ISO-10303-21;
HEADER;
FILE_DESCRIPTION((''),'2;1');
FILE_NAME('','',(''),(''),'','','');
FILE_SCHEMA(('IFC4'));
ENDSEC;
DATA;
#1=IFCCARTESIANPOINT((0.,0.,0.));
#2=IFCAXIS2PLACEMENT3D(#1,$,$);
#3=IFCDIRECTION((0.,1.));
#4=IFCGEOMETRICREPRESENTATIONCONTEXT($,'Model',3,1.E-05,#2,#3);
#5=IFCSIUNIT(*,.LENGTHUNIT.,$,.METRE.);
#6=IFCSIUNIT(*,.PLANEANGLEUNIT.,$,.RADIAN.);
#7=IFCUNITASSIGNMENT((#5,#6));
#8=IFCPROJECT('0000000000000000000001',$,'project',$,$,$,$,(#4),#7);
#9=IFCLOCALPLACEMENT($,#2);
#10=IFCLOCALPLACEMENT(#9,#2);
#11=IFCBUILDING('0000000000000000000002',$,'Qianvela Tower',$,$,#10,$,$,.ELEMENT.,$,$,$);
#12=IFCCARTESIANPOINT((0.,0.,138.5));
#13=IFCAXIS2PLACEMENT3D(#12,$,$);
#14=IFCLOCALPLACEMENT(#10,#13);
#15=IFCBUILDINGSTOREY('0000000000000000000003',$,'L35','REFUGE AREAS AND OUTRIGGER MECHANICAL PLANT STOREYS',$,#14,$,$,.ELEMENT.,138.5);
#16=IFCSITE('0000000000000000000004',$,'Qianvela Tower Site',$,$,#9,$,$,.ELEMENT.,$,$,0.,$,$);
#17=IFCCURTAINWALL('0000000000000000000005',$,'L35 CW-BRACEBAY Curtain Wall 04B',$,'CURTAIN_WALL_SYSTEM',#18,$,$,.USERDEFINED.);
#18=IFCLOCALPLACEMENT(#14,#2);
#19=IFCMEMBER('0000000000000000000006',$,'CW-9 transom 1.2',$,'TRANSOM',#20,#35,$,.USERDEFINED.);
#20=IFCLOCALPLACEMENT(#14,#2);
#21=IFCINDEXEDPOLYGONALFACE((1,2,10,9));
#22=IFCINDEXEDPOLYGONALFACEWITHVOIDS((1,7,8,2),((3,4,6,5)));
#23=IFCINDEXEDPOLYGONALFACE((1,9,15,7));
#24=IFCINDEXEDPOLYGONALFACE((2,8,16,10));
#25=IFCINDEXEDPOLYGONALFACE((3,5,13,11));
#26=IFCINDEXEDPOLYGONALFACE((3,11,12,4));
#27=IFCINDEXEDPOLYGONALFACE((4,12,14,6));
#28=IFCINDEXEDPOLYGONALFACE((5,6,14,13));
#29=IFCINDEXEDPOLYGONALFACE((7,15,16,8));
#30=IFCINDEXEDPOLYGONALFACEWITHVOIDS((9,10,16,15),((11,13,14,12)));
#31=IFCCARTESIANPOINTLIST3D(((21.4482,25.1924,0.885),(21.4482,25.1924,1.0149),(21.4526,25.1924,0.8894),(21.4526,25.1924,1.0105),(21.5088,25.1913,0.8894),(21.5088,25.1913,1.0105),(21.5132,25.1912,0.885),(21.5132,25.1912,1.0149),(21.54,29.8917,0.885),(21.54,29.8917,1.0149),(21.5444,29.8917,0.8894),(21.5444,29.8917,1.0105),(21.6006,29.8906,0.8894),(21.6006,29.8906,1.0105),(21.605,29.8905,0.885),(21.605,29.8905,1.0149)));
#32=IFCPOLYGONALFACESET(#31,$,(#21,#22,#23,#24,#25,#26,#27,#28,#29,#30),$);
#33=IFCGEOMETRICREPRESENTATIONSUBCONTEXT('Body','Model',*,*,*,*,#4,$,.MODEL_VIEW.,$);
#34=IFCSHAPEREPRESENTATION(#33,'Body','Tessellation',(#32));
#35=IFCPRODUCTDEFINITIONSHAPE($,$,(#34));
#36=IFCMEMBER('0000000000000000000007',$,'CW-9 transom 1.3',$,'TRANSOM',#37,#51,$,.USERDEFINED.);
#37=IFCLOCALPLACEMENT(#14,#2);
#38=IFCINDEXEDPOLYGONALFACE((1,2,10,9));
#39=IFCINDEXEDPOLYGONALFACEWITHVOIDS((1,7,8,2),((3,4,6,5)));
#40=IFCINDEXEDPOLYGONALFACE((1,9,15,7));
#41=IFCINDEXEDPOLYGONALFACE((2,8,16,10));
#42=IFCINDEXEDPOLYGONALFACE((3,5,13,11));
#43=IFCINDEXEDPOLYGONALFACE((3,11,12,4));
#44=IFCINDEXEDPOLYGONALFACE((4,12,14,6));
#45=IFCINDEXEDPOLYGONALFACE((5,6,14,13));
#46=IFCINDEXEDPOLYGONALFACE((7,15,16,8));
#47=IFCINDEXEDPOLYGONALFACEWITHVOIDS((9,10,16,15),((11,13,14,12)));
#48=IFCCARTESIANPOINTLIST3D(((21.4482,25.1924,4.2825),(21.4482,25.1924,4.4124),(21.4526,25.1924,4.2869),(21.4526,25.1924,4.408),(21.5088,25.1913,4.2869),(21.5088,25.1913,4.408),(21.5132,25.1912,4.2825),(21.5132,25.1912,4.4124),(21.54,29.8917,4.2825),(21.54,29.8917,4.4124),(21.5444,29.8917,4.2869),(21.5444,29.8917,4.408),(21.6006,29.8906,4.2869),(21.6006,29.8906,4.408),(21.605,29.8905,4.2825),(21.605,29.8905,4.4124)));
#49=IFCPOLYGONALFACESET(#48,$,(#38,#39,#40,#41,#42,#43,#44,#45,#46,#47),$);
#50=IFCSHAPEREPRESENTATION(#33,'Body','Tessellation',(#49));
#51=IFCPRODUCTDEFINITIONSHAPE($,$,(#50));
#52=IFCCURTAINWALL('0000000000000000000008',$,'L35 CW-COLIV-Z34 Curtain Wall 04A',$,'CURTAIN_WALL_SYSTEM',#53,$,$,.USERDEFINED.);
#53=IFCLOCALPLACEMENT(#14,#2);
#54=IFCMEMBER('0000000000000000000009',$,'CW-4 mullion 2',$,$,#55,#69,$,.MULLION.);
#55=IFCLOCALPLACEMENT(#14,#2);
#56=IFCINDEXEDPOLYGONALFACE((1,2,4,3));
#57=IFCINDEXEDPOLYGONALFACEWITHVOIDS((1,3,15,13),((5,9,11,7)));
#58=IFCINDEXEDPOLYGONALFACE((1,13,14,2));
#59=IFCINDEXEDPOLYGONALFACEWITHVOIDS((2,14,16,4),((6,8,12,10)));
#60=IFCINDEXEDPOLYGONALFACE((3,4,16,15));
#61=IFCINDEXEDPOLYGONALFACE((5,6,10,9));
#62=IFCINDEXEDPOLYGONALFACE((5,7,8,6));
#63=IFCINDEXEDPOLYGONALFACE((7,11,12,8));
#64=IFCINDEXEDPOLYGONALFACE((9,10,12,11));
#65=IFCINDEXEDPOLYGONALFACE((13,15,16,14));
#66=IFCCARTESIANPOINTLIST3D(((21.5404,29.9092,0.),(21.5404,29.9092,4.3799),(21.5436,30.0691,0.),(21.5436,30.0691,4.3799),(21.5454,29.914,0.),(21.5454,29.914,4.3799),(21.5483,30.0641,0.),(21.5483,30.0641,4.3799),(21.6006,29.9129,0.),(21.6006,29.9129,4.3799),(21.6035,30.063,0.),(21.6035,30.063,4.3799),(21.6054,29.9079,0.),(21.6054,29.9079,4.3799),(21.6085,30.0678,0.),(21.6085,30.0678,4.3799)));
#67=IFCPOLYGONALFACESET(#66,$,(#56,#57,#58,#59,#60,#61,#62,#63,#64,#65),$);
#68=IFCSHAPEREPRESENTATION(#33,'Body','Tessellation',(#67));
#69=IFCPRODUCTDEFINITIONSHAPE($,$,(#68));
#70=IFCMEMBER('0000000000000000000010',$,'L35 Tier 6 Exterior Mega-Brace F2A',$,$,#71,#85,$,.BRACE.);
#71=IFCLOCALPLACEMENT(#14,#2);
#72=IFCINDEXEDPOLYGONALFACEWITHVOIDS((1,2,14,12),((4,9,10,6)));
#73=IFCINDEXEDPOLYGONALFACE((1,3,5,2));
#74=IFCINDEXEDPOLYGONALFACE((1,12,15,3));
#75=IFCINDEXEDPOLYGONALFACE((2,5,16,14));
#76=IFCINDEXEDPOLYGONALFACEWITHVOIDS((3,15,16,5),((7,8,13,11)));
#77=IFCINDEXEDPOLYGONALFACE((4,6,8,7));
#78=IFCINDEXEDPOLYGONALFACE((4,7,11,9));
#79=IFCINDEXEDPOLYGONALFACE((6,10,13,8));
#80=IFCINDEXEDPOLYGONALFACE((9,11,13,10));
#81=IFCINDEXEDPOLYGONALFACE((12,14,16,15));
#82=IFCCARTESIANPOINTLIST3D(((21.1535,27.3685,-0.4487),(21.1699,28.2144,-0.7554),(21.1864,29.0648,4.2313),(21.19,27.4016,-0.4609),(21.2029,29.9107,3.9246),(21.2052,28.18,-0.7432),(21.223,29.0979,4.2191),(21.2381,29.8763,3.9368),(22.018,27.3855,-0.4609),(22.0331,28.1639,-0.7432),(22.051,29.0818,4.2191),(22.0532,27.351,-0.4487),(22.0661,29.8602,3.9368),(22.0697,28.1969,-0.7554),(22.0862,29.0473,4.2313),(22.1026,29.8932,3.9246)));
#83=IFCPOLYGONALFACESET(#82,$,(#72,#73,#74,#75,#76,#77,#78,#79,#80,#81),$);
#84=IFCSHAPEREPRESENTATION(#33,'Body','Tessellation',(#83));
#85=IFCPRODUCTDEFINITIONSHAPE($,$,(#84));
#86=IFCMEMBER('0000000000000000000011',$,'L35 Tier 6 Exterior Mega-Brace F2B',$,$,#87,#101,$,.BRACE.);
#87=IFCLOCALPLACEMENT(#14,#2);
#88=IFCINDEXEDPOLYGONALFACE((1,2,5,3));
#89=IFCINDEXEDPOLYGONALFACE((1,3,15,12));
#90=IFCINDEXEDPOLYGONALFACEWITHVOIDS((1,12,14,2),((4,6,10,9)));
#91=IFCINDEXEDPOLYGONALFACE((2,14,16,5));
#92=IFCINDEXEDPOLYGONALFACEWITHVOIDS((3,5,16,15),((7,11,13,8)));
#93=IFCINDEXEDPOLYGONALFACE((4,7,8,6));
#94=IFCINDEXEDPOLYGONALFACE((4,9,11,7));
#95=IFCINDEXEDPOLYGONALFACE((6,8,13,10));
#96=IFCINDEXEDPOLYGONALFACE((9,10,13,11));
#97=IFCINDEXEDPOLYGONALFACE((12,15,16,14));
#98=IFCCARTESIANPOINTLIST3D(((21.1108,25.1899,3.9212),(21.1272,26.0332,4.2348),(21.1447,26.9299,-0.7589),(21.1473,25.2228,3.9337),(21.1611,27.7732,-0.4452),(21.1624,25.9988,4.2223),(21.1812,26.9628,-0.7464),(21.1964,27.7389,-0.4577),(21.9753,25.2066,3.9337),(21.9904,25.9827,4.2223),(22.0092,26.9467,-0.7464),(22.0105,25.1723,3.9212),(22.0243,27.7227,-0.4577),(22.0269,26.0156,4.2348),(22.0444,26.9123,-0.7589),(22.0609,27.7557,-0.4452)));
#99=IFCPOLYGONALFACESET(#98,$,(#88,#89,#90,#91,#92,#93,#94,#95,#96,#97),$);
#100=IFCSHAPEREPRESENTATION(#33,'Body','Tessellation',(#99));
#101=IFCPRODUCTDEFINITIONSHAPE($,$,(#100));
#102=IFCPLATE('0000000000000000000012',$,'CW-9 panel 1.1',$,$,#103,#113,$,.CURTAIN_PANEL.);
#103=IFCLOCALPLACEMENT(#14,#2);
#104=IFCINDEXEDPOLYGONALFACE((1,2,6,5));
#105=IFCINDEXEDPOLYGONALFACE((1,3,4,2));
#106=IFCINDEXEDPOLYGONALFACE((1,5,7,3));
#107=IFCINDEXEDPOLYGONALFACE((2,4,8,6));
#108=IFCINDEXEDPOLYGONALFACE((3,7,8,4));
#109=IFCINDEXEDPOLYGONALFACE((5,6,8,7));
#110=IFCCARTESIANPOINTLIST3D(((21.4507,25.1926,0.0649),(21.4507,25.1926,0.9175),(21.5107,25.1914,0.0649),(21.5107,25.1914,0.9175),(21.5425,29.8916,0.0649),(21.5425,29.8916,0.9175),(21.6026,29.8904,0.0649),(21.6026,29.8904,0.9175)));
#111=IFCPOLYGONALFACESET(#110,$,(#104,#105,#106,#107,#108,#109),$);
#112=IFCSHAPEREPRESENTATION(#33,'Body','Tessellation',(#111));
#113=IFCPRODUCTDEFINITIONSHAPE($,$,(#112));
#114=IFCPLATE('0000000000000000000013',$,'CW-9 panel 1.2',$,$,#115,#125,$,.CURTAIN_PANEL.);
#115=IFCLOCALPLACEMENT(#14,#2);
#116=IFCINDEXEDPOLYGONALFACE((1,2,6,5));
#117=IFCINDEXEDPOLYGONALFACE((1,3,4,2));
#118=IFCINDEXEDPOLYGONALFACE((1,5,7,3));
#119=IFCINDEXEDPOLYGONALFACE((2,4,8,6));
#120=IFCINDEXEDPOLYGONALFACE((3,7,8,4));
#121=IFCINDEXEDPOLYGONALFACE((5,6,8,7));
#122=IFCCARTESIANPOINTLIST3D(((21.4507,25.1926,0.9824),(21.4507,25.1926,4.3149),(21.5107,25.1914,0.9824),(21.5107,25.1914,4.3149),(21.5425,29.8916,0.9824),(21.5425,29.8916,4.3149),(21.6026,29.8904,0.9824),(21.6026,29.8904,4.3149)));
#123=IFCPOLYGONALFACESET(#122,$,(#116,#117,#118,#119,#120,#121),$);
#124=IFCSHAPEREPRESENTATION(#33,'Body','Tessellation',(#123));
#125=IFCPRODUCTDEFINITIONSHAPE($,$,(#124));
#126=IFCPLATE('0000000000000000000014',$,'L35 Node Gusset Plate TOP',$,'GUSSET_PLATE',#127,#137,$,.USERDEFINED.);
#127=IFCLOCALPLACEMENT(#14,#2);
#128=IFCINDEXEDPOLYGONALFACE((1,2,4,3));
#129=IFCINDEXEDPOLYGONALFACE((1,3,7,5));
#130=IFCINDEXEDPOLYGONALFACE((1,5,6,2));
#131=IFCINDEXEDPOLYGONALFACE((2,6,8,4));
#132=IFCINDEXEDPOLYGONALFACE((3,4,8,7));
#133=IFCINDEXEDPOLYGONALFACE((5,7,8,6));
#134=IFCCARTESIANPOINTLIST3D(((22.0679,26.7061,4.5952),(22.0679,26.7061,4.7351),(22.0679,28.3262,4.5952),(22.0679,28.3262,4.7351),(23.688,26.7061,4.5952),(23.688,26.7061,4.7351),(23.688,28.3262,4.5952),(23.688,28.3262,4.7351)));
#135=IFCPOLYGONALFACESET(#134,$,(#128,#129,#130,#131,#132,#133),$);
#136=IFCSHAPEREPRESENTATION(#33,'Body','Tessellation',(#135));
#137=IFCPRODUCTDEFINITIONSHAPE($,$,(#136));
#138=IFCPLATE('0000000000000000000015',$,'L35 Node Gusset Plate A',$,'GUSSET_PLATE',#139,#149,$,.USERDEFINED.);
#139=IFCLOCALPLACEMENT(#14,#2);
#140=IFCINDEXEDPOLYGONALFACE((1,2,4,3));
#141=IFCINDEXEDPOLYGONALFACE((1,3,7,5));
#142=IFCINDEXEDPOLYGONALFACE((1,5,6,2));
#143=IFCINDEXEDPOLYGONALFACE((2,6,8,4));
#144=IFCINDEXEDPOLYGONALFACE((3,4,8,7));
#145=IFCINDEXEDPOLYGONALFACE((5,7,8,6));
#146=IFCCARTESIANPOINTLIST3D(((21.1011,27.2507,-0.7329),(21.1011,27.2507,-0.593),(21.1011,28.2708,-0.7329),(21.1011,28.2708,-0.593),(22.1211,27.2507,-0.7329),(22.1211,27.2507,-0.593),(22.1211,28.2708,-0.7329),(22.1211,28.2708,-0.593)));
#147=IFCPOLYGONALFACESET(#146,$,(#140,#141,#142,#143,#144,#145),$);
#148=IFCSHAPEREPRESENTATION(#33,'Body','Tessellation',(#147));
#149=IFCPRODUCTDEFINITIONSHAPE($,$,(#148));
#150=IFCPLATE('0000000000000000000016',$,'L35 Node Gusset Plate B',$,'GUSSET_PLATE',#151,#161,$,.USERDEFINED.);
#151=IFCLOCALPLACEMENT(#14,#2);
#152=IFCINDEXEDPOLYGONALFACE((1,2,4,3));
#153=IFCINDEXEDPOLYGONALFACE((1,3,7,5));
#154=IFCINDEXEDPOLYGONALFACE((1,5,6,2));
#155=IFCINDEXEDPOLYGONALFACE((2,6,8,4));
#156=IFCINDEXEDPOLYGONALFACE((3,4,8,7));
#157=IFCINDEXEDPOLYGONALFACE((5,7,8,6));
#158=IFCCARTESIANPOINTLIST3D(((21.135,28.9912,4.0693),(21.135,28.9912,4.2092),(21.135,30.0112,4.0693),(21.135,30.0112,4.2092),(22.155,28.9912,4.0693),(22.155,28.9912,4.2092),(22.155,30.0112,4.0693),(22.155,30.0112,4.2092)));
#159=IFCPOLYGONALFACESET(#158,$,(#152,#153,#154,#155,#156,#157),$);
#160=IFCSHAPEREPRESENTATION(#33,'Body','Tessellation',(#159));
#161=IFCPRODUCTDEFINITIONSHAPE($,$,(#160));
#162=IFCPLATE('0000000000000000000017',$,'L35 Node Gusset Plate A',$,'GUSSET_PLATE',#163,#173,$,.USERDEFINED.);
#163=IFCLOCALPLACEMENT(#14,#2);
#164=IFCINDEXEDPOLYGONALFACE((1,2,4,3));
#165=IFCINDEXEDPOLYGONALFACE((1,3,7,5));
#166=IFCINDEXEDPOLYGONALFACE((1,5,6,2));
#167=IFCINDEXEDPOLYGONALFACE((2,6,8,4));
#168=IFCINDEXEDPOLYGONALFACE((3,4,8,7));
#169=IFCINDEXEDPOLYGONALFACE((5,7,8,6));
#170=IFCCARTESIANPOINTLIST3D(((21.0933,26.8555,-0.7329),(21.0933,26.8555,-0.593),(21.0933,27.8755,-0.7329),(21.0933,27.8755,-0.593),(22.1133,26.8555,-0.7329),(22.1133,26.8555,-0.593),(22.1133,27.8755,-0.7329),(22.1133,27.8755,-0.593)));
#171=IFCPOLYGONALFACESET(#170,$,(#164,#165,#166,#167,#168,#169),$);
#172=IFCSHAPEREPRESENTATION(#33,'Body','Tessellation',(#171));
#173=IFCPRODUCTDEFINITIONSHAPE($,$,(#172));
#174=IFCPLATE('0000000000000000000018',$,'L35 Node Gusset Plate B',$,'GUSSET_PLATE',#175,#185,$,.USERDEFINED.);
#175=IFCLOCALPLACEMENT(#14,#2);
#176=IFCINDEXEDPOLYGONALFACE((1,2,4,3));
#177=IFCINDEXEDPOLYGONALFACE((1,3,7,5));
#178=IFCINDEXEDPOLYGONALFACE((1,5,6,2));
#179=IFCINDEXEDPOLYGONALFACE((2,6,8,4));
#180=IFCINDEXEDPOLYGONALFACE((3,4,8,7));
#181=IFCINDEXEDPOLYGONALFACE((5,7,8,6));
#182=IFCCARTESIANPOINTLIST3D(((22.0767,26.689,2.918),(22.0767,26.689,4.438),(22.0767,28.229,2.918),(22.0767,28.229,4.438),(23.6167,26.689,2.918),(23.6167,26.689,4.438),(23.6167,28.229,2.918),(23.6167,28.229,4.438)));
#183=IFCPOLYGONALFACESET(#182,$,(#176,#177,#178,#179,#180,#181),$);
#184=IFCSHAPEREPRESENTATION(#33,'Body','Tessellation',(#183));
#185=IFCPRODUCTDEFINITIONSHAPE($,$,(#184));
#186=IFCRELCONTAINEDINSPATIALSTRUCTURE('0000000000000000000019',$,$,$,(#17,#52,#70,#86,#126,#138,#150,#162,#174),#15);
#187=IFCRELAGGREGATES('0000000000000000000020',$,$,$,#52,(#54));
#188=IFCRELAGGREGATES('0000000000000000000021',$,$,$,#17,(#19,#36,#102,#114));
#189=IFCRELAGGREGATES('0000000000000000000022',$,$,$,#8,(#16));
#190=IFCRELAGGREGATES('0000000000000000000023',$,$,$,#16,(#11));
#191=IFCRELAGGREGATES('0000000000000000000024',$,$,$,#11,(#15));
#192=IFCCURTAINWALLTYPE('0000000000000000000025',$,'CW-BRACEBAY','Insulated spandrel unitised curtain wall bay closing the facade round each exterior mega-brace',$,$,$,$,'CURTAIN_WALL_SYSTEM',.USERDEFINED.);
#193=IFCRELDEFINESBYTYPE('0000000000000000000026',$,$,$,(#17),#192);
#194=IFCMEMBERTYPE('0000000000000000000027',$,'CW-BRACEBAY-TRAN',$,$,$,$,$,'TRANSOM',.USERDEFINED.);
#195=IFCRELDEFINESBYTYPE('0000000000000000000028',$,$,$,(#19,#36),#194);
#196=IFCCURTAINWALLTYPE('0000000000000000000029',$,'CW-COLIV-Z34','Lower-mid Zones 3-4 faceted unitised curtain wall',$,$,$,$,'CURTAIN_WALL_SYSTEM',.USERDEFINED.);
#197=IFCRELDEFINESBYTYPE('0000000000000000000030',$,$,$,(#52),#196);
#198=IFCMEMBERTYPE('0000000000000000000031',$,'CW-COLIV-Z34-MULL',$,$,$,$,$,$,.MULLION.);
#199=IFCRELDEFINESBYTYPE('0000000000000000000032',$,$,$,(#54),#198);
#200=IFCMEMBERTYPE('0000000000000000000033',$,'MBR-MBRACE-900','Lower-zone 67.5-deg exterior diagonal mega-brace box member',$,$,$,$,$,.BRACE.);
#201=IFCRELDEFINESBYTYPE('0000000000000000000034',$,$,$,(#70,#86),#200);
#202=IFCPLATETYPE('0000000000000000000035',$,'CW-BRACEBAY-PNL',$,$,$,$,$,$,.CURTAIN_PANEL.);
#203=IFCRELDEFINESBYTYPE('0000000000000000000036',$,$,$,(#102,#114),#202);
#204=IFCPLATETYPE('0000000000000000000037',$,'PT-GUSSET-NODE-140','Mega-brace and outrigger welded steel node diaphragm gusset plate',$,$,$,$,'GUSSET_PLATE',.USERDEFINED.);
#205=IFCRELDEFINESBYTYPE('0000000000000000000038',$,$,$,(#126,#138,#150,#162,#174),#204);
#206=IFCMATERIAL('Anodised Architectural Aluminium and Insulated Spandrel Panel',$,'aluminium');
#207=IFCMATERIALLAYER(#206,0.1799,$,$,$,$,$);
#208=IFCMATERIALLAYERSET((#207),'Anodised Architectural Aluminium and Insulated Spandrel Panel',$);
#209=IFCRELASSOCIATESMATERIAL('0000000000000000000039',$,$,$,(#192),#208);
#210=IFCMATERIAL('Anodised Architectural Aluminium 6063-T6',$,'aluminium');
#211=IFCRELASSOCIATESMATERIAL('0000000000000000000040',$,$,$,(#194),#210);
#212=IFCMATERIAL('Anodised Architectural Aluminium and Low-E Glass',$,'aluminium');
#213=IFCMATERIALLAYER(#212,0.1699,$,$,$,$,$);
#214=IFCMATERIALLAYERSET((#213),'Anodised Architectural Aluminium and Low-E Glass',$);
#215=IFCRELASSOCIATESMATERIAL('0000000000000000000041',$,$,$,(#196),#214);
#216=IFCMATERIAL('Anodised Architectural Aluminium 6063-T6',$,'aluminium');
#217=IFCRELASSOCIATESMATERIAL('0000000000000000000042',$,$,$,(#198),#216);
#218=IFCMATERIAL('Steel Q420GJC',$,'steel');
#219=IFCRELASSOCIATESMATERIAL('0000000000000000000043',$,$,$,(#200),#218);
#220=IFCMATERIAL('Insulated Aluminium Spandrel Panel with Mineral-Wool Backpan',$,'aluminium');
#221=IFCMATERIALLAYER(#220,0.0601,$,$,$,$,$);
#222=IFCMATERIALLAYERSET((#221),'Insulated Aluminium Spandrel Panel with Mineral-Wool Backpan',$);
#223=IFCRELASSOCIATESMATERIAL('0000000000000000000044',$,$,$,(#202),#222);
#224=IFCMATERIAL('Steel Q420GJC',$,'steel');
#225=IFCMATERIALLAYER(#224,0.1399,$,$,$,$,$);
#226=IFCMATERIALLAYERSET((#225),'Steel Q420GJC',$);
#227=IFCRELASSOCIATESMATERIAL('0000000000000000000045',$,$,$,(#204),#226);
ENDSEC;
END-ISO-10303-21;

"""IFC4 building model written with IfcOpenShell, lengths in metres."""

from ifc_helpers import new_model, si_unit, direction, frame, origin, origin_2d, place, context, subcontext, project, spatial, rectangle, hollow_rectangle, extrude, material, layer, layer_set, material_profile, profile_set, type_object, element, aggregate, save


model = new_model("IFC4")

# Units and contexts
model_context = context("Model", 3, precision=1e-05, world=origin(), true_north=direction((0.0, 1.0)))
body_context = subcontext(model_context, "Body", "Model", "MODEL_VIEW")
ifc_project = project(units=[si_unit("LENGTHUNIT", "METRE"), si_unit("PLANEANGLEUNIT", "RADIAN")], contexts=[model_context])

# Site, building, storey
site_placement = place(None, origin())
site = spatial("IfcSite", under=ifc_project, at=site_placement, Name="Qianvela Tower Site", CompositionType="ELEMENT", RefElevation=0.0)
building_placement = place(site_placement, origin())
building = spatial("IfcBuilding", under=site, at=building_placement, Name="Qianvela Tower", CompositionType="ELEMENT")
storey_placement = place(building_placement, frame((0.0, 0.0, 138.5)))
storey = spatial("IfcBuildingStorey", under=building, at=storey_placement, Name="L35", Description="REFUGE AREAS AND OUTRIGGER MECHANICAL PLANT STOREYS", CompositionType="ELEMENT", Elevation=138.5)

# Curtain wall, members
ifc_material_1 = material(Name="Anodised Architectural Aluminium and Insulated Spandrel Panel", Category="aluminium")
ifc_layer_1 = layer(ifc_material_1, 0.1799)
ifc_layer_set_1 = layer_set([ifc_layer_1], Name="Anodised Architectural Aluminium and Insulated Spandrel Panel")
curtain_wall_type_1 = type_object("IfcCurtainWallType", Name="CW-BRACEBAY", Description="Insulated spandrel unitised curtain wall bay closing the facade round each exterior mega-brace", ElementType="CURTAIN_WALL_SYSTEM", PredefinedType="USERDEFINED", material=ifc_layer_set_1)
curtain_wall_1_placement = place(storey_placement, origin())
curtain_wall_1 = element("IfcCurtainWall", 1, at=curtain_wall_1_placement, inside=storey, type_object=curtain_wall_type_1, Name="L35 CW-BRACEBAY Curtain Wall 04B", ObjectType="CURTAIN_WALL_SYSTEM", PredefinedType="USERDEFINED")
ifc_material_2 = material(Name="Anodised Architectural Aluminium 6063-T6", Category="aluminium")
ifc_material_profile_1 = material_profile(ifc_material_2, hollow_rectangle(XDim=0.0649, YDim=0.1299, WallThickness=0.0044, at=origin_2d()), Name="ALU-TRAN-65x130")
ifc_profile_set_1 = profile_set([ifc_material_profile_1], Name="Anodised Architectural Aluminium 6063-T6")
member_type_1 = type_object("IfcMemberType", Name="CW-BRACEBAY-TRAN", ElementType="TRANSOM", PredefinedType="USERDEFINED", material=ifc_profile_set_1)
member_1_placement = place(storey_placement, frame((21.5725, 29.8911, 0.95), z_axis=(-0.019531, -0.999809, 0.0), x_axis=(0.999809, -0.019531, 0.0)))
member_1 = element("IfcMember", 2, at=member_1_placement, type_object=member_type_1, Name="CW-9 transom 1.2", ObjectType="TRANSOM", PredefinedType="USERDEFINED", context=body_context, shape_type="SweptSolid", body=[
    extrude(hollow_rectangle(XDim=0.0649, YDim=0.1299, WallThickness=0.0044, at=origin_2d()), origin(), (0.0, 0.0, 1.0), 4.7002),
])
member_2_placement = place(storey_placement, frame((21.5725, 29.8911, 4.3474), z_axis=(-0.019531, -0.999809, 0.0), x_axis=(0.999809, -0.019531, 0.0)))
member_2 = element("IfcMember", 3, at=member_2_placement, type_object=member_type_1, Name="CW-9 transom 1.3", ObjectType="TRANSOM", PredefinedType="USERDEFINED", context=body_context, shape_type="SweptSolid", body=[
    extrude(hollow_rectangle(XDim=0.0649, YDim=0.1299, WallThickness=0.0044, at=origin_2d()), origin(), (0.0, 0.0, 1.0), 4.7002),
])

# Curtain wall, member
ifc_material_3 = material(Name="Anodised Architectural Aluminium and Low-E Glass", Category="aluminium")
ifc_layer_2 = layer(ifc_material_3, 0.1699)
ifc_layer_set_2 = layer_set([ifc_layer_2], Name="Anodised Architectural Aluminium and Low-E Glass")
curtain_wall_type_2 = type_object("IfcCurtainWallType", Name="CW-COLIV-Z34", Description="Lower-mid Zones 3-4 faceted unitised curtain wall", ElementType="CURTAIN_WALL_SYSTEM", PredefinedType="USERDEFINED", material=ifc_layer_set_2)
curtain_wall_2_placement = place(storey_placement, origin())
curtain_wall_2 = element("IfcCurtainWall", 4, at=curtain_wall_2_placement, inside=storey, type_object=curtain_wall_type_2, Name="L35 CW-COLIV-Z34 Curtain Wall 04A", ObjectType="CURTAIN_WALL_SYSTEM", PredefinedType="USERDEFINED")
ifc_material_4 = material(Name="Anodised Architectural Aluminium 6063-T6", Category="aluminium")
ifc_material_profile_2 = material_profile(ifc_material_4, hollow_rectangle(XDim=0.0649, YDim=0.1599, WallThickness=0.0049, at=origin_2d()), Name="ALU-MULL-65x160")
ifc_profile_set_2 = profile_set([ifc_material_profile_2], Name="Anodised Architectural Aluminium 6063-T6")
member_type_2 = type_object("IfcMemberType", Name="CW-COLIV-Z34-MULL", PredefinedType="MULLION", material=ifc_profile_set_2)
member_3_placement = place(storey_placement, frame((21.5745, 29.9885, 0.0), z_axis=(0.0, 0.0, 1.0), x_axis=(0.999809, -0.019547, 0.0)))
member_3 = element("IfcMember", 5, at=member_3_placement, type_object=member_type_2, Name="CW-4 mullion 2", PredefinedType="MULLION", context=body_context, shape_type="SweptSolid", body=[
    extrude(hollow_rectangle(XDim=0.0649, YDim=0.1599, WallThickness=0.0049, at=origin_2d()), origin(), (0.0, 0.0, 1.0), 4.3799),
])
aggregate(curtain_wall_2, [member_3])

# Members
ifc_material_5 = material(Name="Steel Q420GJC", Category="steel")
ifc_material_profile_3 = material_profile(ifc_material_5, hollow_rectangle(XDim=0.8999, YDim=0.8999, WallThickness=0.0359, at=origin_2d()), Name="MBOX-900x900x36")
ifc_profile_set_3 = profile_set([ifc_material_profile_3], Name="Steel Q420GJC")
member_type_3 = type_object("IfcMemberType", Name="MBR-MBRACE-900", Description="Lower-zone 67.5-deg exterior diagonal mega-brace box member", PredefinedType="BRACE", material=ifc_profile_set_3)
member_4_placement = place(storey_placement, frame((21.6116, 27.7827, -0.6021), z_axis=(0.006621, 0.340759, 0.940127), x_axis=(-0.999811, 0.019426, 0.0)))
element("IfcMember", 6, at=member_4_placement, inside=storey, type_object=member_type_3, Name="L35 Tier 6 Exterior Mega-Brace F2A", PredefinedType="BRACE", context=body_context, shape_type="SweptSolid", body=[
    extrude(hollow_rectangle(XDim=0.8999, YDim=0.8999, WallThickness=0.0359, at=origin_2d()), origin(), (0.0, 0.0, 1.0), 4.978),
])
member_5_placement = place(storey_placement, frame((21.6028, 27.3428, -0.6021), z_axis=(-0.006797, -0.348483, 0.93729), x_axis=(0.99981, -0.0195, 0.0)))
element("IfcMember", 7, at=member_5_placement, inside=storey, type_object=member_type_3, Name="L35 Tier 6 Exterior Mega-Brace F2B", PredefinedType="BRACE", context=body_context, shape_type="SweptSolid", body=[
    extrude(hollow_rectangle(XDim=0.8999, YDim=0.8999, WallThickness=0.0359, at=origin_2d()), origin(), (0.0, 0.0, 1.0), 4.9932),
])

# Plates
ifc_material_6 = material(Name="Insulated Aluminium Spandrel Panel with Mineral-Wool Backpan", Category="aluminium")
ifc_layer_3 = layer(ifc_material_6, 0.0601)
ifc_layer_set_3 = layer_set([ifc_layer_3], Name="Insulated Aluminium Spandrel Panel with Mineral-Wool Backpan")
plate_type_1 = type_object("IfcPlateType", Name="CW-BRACEBAY-PNL", PredefinedType="CURTAIN_PANEL", material=ifc_layer_set_3)
plate_1_placement = place(storey_placement, frame((21.5266, 27.5415, 0.0649), z_axis=(0.0, 0.0, 1.0), x_axis=(-0.019544, -0.999809, 0.0)))
plate_1 = element("IfcPlate", 8, at=plate_1_placement, type_object=plate_type_1, Name="CW-9 panel 1.1", PredefinedType="CURTAIN_PANEL", context=body_context, shape_type="SweptSolid", body=[
    extrude(rectangle(XDim=4.7, YDim=0.0601, at=origin_2d()), origin(), (0.0, 0.0, 1.0), 0.8525),
])
plate_2_placement = place(storey_placement, frame((21.5266, 27.5415, 0.9824), z_axis=(0.0, 0.0, 1.0), x_axis=(-0.019544, -0.999809, 0.0)))
plate_2 = element("IfcPlate", 9, at=plate_2_placement, type_object=plate_type_1, Name="CW-9 panel 1.2", PredefinedType="CURTAIN_PANEL", context=body_context, shape_type="SweptSolid", body=[
    extrude(rectangle(XDim=4.7, YDim=0.0601, at=origin_2d()), origin(), (0.0, 0.0, 1.0), 3.3325),
])
aggregate(curtain_wall_1, [member_1, member_2, plate_1, plate_2])

# Plates
ifc_material_7 = material(Name="Steel Q420GJC", Category="steel")
ifc_layer_4 = layer(ifc_material_7, 0.1399)
ifc_layer_set_4 = layer_set([ifc_layer_4], Name="Steel Q420GJC")
plate_type_2 = type_object("IfcPlateType", Name="PT-GUSSET-NODE-140", Description="Mega-brace and outrigger welded steel node diaphragm gusset plate", ElementType="GUSSET_PLATE", PredefinedType="USERDEFINED", material=ifc_layer_set_4)
plate_3_placement = place(storey_placement, frame((22.8779, 27.5161, 4.5952), z_axis=(0.0, 0.0, 1.0), x_axis=(1.0, 0.0, 0.0)))
element("IfcPlate", 10, at=plate_3_placement, inside=storey, type_object=plate_type_2, Name="L35 Node Gusset Plate TOP", ObjectType="GUSSET_PLATE", PredefinedType="USERDEFINED", context=body_context, shape_type="SweptSolid", body=[
    extrude(rectangle(XDim=1.6201, YDim=1.6201, at=origin_2d()), origin(), (0.0, 0.0, 1.0), 0.1399),
])
for number, where, z_axis, x_axis, name in (
    (11, (21.6111, 27.7607, -0.7329), (0.0, 0.0, 1.0), (1.0, 0.0, 0.0), "L35 Node Gusset Plate A"),
    (12, (21.645, 29.5012, 4.0693), (0.0, 0.0, 1.0), (1.0, 0.0, 0.0), "L35 Node Gusset Plate B"),
    (13, (21.6033, 27.3655, -0.7329), (0.0, 0.0, 1.0), (1.0, 0.0, 0.0), "L35 Node Gusset Plate A"),
):
    element("IfcPlate", number, at=place(storey_placement, frame(where, z_axis=z_axis, x_axis=x_axis)), inside=storey, type_object=plate_type_2, Name=name, ObjectType="GUSSET_PLATE", PredefinedType="USERDEFINED", context=body_context, shape_type="SweptSolid", body=[
        extrude(rectangle(XDim=1.02, YDim=1.02, at=origin_2d()), origin(), (0.0, 0.0, 1.0), 0.1399),
    ])
plate_4_placement = place(storey_placement, frame((22.8467, 27.459, 2.918), z_axis=(0.0, 0.0, 1.0), x_axis=(1.0, 0.0, 0.0)))
element("IfcPlate", 14, at=plate_4_placement, inside=storey, type_object=plate_type_2, Name="L35 Node Gusset Plate B", ObjectType="GUSSET_PLATE", PredefinedType="USERDEFINED", context=body_context, shape_type="SweptSolid", body=[
    extrude(rectangle(XDim=1.54, YDim=1.54, at=origin_2d()), origin(), (0.0, 0.0, 1.0), 1.52),
])

save(model, "model.ifc")
